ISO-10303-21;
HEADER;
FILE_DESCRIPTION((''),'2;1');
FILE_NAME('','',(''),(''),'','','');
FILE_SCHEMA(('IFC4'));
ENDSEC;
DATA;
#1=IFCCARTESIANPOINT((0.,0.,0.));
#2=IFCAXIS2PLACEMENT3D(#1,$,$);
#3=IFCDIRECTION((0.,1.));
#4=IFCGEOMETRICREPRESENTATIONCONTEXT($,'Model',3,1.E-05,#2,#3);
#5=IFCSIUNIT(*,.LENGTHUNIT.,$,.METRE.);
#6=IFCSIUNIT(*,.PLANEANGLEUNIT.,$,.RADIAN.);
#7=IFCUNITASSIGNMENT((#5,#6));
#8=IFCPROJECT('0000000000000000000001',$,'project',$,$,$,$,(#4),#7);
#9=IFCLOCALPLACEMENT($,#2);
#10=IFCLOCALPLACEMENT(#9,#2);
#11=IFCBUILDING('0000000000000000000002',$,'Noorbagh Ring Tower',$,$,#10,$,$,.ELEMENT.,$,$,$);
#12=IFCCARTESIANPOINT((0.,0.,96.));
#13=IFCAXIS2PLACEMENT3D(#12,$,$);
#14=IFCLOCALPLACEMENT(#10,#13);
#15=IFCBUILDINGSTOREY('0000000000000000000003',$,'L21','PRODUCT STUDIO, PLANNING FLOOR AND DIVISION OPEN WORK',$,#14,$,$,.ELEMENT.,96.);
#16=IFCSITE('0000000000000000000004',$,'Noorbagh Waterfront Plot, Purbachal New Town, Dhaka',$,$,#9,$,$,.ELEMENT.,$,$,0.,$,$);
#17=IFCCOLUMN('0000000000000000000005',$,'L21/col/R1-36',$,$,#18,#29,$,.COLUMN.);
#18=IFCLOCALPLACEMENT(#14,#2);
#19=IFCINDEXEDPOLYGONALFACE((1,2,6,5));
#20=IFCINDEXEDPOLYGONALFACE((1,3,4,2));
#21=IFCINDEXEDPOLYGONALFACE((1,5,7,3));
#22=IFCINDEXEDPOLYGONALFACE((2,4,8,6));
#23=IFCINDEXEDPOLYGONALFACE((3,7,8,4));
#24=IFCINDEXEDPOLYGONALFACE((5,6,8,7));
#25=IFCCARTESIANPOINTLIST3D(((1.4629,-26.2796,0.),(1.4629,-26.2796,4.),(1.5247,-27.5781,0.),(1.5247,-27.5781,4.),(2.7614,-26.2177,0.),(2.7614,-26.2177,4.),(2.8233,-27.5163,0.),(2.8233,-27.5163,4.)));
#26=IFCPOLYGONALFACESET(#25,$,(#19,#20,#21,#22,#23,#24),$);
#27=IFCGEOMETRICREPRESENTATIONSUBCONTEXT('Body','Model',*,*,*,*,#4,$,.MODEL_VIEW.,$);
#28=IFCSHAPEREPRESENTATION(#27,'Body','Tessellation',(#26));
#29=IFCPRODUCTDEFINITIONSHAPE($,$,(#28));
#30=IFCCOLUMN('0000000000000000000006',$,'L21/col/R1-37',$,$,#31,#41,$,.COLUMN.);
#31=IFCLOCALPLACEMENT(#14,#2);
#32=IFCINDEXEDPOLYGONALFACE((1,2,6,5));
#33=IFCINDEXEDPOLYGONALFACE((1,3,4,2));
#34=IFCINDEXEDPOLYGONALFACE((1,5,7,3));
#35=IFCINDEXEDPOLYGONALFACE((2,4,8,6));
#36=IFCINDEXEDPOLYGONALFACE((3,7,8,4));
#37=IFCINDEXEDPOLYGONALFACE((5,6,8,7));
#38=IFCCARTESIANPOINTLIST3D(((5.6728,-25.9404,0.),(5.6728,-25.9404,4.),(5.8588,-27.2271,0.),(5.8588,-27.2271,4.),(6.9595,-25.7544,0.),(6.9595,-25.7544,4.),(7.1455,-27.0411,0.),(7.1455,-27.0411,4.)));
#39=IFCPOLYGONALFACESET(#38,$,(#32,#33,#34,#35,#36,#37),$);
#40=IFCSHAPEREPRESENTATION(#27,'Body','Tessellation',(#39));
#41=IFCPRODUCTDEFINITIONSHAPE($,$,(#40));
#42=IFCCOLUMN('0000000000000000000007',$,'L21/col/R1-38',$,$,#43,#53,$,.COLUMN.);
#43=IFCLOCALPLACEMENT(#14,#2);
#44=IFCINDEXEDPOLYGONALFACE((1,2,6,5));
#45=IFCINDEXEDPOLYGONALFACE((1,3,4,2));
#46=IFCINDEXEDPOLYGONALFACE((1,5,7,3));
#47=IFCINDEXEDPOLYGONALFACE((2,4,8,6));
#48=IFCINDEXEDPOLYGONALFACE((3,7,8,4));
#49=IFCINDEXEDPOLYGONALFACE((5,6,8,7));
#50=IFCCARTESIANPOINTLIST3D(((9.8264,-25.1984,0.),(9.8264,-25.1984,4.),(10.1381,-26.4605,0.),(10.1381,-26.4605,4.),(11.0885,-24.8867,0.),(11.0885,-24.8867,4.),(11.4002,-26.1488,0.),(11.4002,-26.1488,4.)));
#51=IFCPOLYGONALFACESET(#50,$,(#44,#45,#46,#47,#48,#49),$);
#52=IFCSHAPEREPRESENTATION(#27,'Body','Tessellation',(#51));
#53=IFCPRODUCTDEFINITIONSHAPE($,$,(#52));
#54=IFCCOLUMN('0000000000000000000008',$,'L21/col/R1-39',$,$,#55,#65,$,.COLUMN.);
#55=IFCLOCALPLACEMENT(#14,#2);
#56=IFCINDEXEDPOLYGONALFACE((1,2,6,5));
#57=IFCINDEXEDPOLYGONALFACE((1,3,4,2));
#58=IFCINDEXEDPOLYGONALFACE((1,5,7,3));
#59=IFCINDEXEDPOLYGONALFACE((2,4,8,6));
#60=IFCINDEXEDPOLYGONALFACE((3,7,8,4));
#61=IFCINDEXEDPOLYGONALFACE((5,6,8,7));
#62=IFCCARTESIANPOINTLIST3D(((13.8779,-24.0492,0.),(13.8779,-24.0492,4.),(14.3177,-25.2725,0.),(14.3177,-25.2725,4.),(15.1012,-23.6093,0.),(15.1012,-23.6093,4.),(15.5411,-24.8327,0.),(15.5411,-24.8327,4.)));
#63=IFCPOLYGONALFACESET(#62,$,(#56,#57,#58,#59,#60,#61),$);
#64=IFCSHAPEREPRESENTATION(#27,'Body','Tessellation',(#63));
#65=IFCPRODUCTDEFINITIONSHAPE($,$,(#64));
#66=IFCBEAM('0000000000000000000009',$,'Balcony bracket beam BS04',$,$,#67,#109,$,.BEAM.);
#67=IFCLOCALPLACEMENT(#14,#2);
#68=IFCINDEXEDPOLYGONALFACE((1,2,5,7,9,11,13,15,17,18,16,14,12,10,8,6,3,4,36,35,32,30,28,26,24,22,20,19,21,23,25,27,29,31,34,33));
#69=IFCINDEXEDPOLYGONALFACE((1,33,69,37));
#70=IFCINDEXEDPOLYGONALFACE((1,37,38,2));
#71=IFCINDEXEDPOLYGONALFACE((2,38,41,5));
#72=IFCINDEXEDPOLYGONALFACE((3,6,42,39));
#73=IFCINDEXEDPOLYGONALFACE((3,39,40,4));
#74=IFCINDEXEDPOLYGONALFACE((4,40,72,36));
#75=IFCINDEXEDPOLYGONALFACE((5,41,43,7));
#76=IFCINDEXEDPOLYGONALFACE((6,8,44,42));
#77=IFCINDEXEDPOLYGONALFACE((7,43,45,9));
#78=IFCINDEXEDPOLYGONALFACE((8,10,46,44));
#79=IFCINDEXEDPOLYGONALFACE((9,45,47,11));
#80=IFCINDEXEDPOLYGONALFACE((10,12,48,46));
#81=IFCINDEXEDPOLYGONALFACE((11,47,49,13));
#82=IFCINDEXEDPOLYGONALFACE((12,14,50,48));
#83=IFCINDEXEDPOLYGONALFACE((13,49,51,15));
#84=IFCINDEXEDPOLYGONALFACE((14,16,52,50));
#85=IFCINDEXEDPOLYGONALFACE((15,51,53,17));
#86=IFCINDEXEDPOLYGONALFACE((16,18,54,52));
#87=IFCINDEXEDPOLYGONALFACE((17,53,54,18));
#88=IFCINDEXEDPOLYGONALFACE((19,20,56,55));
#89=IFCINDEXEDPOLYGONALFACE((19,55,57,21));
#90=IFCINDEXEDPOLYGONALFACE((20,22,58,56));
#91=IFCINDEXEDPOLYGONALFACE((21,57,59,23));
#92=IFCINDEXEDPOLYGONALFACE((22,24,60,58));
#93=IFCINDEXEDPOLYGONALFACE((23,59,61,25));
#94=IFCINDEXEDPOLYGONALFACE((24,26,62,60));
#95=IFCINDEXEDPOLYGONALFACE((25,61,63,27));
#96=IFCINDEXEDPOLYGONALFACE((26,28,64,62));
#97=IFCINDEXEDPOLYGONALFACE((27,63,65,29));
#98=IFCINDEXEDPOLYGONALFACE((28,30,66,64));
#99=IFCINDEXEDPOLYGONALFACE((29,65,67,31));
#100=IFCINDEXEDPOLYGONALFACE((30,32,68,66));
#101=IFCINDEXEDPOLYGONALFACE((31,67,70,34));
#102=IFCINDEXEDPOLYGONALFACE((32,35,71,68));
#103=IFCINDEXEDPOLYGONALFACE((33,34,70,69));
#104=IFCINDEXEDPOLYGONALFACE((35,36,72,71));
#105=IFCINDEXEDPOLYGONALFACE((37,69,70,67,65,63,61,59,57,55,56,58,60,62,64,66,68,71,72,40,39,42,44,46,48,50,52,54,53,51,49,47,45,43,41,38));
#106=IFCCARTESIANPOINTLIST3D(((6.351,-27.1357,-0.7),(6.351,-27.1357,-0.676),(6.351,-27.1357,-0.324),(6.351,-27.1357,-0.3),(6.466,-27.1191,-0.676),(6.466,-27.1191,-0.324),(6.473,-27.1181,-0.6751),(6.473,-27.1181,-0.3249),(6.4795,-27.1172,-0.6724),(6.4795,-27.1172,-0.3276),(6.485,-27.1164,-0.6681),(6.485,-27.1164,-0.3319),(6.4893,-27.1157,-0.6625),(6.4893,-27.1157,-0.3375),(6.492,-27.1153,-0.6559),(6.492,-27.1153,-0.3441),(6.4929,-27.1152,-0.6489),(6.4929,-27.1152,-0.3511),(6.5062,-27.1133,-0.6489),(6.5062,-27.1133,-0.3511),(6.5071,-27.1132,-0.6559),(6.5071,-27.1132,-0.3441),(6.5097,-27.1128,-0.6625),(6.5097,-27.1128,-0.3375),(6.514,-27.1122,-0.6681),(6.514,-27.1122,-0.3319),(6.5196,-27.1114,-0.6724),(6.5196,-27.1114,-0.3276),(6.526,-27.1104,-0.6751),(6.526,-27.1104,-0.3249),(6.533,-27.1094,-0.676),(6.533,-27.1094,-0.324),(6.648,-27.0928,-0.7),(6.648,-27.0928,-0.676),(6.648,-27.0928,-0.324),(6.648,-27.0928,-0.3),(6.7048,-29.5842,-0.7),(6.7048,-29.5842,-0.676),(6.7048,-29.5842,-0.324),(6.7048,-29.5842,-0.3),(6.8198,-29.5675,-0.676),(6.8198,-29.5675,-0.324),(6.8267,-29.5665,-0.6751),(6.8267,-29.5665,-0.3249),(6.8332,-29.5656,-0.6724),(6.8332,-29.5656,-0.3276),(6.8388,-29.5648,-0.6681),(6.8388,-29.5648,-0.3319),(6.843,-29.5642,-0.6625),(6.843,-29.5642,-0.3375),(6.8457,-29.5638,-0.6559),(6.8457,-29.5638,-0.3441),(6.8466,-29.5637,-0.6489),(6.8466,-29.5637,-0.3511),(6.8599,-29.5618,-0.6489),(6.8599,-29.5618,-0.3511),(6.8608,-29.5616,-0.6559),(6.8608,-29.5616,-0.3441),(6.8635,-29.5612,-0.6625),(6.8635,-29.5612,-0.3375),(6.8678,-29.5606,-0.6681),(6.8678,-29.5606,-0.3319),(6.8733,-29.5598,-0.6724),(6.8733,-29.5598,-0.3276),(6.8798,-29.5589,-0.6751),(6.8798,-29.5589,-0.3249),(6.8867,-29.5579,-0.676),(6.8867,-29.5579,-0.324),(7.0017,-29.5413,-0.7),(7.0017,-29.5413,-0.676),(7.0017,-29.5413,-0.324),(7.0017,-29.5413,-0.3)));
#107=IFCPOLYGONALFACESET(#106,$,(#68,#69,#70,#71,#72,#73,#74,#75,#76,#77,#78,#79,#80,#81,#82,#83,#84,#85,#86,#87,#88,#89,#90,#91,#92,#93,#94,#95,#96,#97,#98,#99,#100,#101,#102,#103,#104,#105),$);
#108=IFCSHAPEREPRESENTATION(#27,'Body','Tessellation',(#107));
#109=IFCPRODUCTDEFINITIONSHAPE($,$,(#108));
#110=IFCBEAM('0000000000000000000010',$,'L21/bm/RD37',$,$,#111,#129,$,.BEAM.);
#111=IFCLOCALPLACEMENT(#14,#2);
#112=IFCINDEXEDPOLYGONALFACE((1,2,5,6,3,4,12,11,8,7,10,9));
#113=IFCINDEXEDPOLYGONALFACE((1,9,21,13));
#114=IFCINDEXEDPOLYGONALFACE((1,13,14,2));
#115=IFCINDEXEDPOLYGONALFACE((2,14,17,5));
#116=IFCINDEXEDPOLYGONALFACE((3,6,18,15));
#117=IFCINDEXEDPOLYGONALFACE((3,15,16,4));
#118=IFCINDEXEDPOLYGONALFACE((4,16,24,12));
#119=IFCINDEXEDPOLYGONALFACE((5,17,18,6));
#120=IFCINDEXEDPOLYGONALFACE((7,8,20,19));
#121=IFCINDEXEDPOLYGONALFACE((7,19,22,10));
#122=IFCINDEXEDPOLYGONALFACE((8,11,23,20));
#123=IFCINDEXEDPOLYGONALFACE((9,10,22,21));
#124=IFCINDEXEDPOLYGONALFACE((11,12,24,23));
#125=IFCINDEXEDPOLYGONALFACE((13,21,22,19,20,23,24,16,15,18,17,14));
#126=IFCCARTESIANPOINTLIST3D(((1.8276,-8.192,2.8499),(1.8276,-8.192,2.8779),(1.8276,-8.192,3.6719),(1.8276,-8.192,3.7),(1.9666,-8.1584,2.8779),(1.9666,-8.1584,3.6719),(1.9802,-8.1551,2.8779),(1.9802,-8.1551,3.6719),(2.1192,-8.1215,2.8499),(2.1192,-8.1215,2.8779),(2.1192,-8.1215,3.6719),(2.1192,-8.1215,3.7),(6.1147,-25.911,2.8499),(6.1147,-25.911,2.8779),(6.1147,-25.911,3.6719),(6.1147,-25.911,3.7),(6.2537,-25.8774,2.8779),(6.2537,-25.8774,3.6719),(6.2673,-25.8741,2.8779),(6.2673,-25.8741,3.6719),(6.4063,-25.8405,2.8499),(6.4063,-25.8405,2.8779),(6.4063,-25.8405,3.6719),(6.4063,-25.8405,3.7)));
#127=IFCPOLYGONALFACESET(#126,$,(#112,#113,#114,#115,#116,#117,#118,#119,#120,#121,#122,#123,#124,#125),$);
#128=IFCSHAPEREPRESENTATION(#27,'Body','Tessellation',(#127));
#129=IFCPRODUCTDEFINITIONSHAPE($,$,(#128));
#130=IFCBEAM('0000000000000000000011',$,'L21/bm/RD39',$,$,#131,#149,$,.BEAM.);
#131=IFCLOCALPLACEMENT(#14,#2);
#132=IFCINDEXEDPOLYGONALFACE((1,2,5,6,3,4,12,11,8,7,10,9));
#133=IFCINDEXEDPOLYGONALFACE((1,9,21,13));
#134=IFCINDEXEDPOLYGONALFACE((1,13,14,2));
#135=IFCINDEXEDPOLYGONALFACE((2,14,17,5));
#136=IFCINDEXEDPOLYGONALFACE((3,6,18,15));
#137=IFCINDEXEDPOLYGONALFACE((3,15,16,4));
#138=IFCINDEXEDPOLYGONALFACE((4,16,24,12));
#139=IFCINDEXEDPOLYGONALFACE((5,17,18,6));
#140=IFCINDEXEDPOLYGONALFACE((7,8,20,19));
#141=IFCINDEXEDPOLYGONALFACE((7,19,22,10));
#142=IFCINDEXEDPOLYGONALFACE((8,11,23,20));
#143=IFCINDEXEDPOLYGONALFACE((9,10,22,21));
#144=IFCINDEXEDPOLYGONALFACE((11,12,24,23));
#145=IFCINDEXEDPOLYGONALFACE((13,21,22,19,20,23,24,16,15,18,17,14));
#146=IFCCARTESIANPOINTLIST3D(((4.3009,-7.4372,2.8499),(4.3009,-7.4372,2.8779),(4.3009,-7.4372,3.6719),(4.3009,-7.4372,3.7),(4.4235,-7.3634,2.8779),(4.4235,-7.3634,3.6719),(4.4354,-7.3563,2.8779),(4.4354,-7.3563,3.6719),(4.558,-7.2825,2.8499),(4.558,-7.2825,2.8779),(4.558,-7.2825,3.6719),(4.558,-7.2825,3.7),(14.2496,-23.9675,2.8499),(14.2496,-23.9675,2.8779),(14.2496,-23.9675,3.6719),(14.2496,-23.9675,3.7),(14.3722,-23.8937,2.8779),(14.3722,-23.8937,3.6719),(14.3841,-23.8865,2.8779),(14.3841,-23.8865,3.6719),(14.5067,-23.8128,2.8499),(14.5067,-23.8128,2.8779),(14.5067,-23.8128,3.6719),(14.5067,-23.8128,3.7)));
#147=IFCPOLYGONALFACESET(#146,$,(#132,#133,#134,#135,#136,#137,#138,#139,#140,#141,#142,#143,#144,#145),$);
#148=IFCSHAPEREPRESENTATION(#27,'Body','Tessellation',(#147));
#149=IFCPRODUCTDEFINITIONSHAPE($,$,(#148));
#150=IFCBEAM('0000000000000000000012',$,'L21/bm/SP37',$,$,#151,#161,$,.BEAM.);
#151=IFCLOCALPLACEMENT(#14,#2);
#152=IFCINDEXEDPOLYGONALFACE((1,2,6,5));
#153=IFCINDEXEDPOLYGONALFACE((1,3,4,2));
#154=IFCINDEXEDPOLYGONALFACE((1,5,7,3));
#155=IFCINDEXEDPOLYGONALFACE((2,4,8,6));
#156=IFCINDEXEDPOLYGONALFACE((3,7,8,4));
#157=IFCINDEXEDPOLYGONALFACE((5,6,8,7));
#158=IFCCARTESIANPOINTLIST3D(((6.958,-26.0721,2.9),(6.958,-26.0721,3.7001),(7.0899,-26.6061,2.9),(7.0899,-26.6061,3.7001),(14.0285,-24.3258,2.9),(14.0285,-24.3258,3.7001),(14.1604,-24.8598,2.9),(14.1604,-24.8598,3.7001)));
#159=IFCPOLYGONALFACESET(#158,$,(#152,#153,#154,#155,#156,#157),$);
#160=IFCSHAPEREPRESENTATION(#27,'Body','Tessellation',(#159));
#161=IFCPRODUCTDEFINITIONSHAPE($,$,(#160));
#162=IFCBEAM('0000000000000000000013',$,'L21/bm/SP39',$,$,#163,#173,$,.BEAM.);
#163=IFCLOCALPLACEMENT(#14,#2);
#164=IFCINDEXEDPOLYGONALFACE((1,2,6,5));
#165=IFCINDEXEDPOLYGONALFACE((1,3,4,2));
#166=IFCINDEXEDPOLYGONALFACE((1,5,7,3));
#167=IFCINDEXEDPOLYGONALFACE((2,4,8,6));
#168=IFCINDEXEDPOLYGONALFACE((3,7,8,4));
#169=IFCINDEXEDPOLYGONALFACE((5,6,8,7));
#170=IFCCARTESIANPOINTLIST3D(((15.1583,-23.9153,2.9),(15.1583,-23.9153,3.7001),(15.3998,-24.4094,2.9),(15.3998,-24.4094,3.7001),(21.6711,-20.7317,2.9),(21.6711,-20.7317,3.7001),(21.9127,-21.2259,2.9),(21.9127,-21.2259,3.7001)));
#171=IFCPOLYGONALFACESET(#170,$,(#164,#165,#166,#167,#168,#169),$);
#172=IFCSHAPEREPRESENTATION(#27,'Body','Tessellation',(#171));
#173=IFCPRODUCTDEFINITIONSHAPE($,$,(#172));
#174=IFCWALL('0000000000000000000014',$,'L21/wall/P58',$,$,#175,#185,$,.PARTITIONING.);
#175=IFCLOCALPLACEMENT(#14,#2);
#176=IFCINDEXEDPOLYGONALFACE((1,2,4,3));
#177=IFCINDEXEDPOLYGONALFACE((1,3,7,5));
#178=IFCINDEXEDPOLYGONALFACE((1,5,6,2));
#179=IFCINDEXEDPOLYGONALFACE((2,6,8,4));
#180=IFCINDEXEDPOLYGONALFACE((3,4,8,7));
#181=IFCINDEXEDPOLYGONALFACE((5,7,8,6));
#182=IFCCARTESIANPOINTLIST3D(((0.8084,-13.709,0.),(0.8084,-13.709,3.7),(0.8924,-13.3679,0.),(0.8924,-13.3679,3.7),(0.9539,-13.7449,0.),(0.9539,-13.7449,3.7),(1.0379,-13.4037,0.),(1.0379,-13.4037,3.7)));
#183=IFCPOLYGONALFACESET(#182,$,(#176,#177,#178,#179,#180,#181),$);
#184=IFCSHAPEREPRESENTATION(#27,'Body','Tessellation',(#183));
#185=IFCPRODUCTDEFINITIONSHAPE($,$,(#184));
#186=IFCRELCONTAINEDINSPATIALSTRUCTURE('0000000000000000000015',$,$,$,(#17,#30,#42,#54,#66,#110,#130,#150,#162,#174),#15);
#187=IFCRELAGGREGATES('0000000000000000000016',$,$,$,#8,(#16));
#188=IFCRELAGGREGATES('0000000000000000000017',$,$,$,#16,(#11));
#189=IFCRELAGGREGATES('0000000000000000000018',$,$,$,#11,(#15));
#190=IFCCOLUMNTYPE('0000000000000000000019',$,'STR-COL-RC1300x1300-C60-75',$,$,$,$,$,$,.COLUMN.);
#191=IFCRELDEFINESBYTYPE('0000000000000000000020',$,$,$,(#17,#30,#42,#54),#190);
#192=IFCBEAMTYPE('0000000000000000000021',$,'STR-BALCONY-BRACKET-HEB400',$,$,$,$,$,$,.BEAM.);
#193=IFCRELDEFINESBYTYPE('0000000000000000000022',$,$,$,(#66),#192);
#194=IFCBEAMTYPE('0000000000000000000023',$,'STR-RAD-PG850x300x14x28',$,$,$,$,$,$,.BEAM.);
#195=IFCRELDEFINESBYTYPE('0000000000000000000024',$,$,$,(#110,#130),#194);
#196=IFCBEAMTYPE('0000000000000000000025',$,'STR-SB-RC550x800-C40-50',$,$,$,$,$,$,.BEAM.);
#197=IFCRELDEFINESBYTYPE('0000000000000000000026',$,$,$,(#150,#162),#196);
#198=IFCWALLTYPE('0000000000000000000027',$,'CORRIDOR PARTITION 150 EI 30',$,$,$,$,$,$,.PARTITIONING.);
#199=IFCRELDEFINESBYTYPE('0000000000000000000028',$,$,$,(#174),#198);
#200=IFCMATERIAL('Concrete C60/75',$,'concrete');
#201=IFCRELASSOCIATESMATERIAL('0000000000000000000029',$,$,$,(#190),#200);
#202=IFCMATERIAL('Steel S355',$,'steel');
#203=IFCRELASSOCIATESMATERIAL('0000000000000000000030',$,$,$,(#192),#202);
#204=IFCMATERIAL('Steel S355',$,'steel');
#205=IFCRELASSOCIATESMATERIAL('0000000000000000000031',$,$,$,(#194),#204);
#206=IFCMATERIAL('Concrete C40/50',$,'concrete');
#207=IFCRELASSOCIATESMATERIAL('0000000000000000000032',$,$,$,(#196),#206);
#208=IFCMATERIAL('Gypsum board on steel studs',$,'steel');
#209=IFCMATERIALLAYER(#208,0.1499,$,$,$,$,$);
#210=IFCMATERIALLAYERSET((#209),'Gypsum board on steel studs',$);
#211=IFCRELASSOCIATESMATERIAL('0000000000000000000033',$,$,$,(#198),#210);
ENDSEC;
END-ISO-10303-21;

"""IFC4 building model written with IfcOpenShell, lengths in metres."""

from ifc_helpers import new_model, si_unit, direction, frame, frame_2d, origin, origin_2d, place, context, subcontext, project, spatial, rectangle, i_section, extrude, material, layer, layer_set, material_profile, profile_set, type_object, element, save


model = new_model("IFC4")

# Units and contexts
model_context = context("Model", 3, precision=1e-05, world=origin(), true_north=direction((0.0, 1.0)))
body_context = subcontext(model_context, "Body", "Model", "MODEL_VIEW")
ifc_project = project(units=[si_unit("LENGTHUNIT", "METRE"), si_unit("PLANEANGLEUNIT", "RADIAN")], contexts=[model_context])

# Site, building, storey
site_placement = place(None, origin())
site = spatial("IfcSite", under=ifc_project, at=site_placement, Name="Noorbagh Waterfront Plot, Purbachal New Town, Dhaka", CompositionType="ELEMENT", RefElevation=0.0)
building_placement = place(site_placement, origin())
building = spatial("IfcBuilding", under=site, at=building_placement, Name="Noorbagh Ring Tower", CompositionType="ELEMENT")
storey_placement = place(building_placement, frame((0.0, 0.0, 96.0)))
storey = spatial("IfcBuildingStorey", under=building, at=storey_placement, Name="L21", Description="PRODUCT STUDIO, PLANNING FLOOR AND DIVISION OPEN WORK", CompositionType="ELEMENT", Elevation=96.0)

# Columns
ifc_material_1 = material(Name="Concrete C60/75", Category="concrete")
ifc_material_profile_1 = material_profile(ifc_material_1, rectangle(XDim=1.3, YDim=1.3, at=origin_2d()), Name="RC1300x1300")
ifc_profile_set_1 = profile_set([ifc_material_profile_1], Name="Concrete C60/75")
column_type = type_object("IfcColumnType", Name="STR-COL-RC1300x1300-C60-75", PredefinedType="COLUMN", material=ifc_profile_set_1)
for number, where, z_axis, x_axis, name in (
    (1, (2.1431, -26.8979, 0.0), (0.0, 0.0, 1.0), (0.998869, 0.047553, 0.0), "L21/col/R1-36"),
    (2, (6.4092, -26.4907, 0.0), (0.0, 0.0, 1.0), (0.989713, 0.143066, 0.0), "L21/col/R1-37"),
    (3, (10.6133, -25.6736, 0.0), (0.0, 0.0, 1.0), (0.970829, 0.239771, 0.0), "L21/col/R1-38"),
    (4, (14.7095, -24.4409, 0.0), (0.0, 0.0, 1.0), (0.941025, 0.338338, 0.0), "L21/col/R1-39"),
):
    element("IfcColumn", number, at=place(storey_placement, frame(where, z_axis=z_axis, x_axis=x_axis)), inside=storey, type_object=column_type, Name=name, PredefinedType="COLUMN", context=body_context, shape_type="SweptSolid", body=[
        extrude(rectangle(XDim=1.3, YDim=1.3, at=origin_2d()), origin(), (0.0, 0.0, 1.0), 4.0),
    ])

# Beams
ifc_material_2 = material(Name="Steel S355", Category="steel")
ifc_material_profile_2 = material_profile(ifc_material_2, i_section(OverallWidth=0.3, OverallDepth=0.3999, WebThickness=0.0134, FlangeThickness=0.0239, FilletRadius=0.0271, at=origin_2d()), Name="HEB400")
ifc_profile_set_2 = profile_set([ifc_material_profile_2], Name="Steel S355")
beam_type_1 = type_object("IfcBeamType", Name="STR-BALCONY-BRACKET-HEB400", PredefinedType="BEAM", material=ifc_profile_set_2)
beam_1_placement = place(storey_placement, frame((6.4995, -27.1143, -0.5), z_axis=(0.142996, -0.989723, 0.0), x_axis=(0.989723, 0.142996, 0.0)))
element("IfcBeam", 5, at=beam_1_placement, inside=storey, type_object=beam_type_1, Name="Balcony bracket beam BS04", PredefinedType="BEAM", context=body_context, shape_type="SweptSolid", body=[
    extrude(i_section(OverallWidth=0.3, OverallDepth=0.3999, WebThickness=0.0134, FlangeThickness=0.0239, FilletRadius=0.0271, at=origin_2d()), origin(), (0.0, 0.0, 1.0), 2.4739),
])
ifc_material_3 = material(Name="Steel S355", Category="steel")
ifc_material_profile_3 = material_profile(ifc_material_3, i_section(OverallWidth=0.3, OverallDepth=0.8501, WebThickness=0.0139, FlangeThickness=0.0281, at=origin_2d()), Name="PG850x300x14x28")
ifc_profile_set_3 = profile_set([ifc_material_profile_3], Name="Steel S355")
beam_type_2 = type_object("IfcBeamType", Name="STR-RAD-PG850x300x14x28", PredefinedType="BEAM", material=ifc_profile_set_3)
beam_2_placement = place(storey_placement, frame((6.2605, -25.8757, 3.2749), z_axis=(-0.235165, 0.971956, 0.0), x_axis=(-0.971956, -0.235165, 0.0)))
element("IfcBeam", 6, at=beam_2_placement, inside=storey, type_object=beam_type_2, Name="L21/bm/RD37", PredefinedType="BEAM", context=body_context, shape_type="SweptSolid", body=[
    extrude(i_section(OverallWidth=0.3, OverallDepth=0.8501, WebThickness=0.0139, FlangeThickness=0.0281, at=origin_2d()), origin(), (0.0, 0.0, 1.0), 18.2302),
])
beam_3_placement = place(storey_placement, frame((14.3782, -23.8901, 3.2749), z_axis=(-0.51566, 0.856793, 0.0), x_axis=(-0.856793, -0.51566, 0.0)))
element("IfcBeam", 7, at=beam_3_placement, inside=storey, type_object=beam_type_2, Name="L21/bm/RD39", PredefinedType="BEAM", context=body_context, shape_type="SweptSolid", body=[
    extrude(i_section(OverallWidth=0.3, OverallDepth=0.8501, WebThickness=0.0139, FlangeThickness=0.0281, at=origin_2d()), origin(), (0.0, 0.0, 1.0), 19.2932),
])
ifc_material_4 = material(Name="Concrete C40/50", Category="concrete")
ifc_material_profile_4 = material_profile(ifc_material_4, rectangle(XDim=0.55, YDim=0.8, at=origin_2d()), Name="RC550x800")
ifc_profile_set_4 = profile_set([ifc_material_profile_4], Name="Concrete C40/50")
beam_type_3 = type_object("IfcBeamType", Name="STR-SB-RC550x800-C40-50", PredefinedType="BEAM", material=ifc_profile_set_4)
beam_4_placement = place(storey_placement, frame((7.0239, -26.3391, 3.3), z_axis=(0.970827, 0.239782, 0.0), x_axis=(-0.239782, 0.970827, 0.0)))
element("IfcBeam", 8, at=beam_4_placement, inside=storey, type_object=beam_type_3, Name="L21/bm/SP37", PredefinedType="BEAM", context=body_context, shape_type="SweptSolid", body=[
    extrude(rectangle(XDim=0.55, YDim=0.8, at=origin_2d()), origin(), (0.0, 0.0, 1.0), 7.283),
])
beam_5_placement = place(storey_placement, frame((15.2791, -24.1624, 3.3), z_axis=(0.898412, 0.439153, 0.0), x_axis=(-0.439153, 0.898412, 0.0)))
element("IfcBeam", 9, at=beam_5_placement, inside=storey, type_object=beam_type_3, Name="L21/bm/SP39", PredefinedType="BEAM", context=body_context, shape_type="SweptSolid", body=[
    extrude(rectangle(XDim=0.55, YDim=0.8, at=origin_2d()), origin(), (0.0, 0.0, 1.0), 7.2493),
])

# Wall
ifc_material_5 = material(Name="Gypsum board on steel studs", Category="steel")
ifc_layer_1 = layer(ifc_material_5, 0.1499)
ifc_layer_set_1 = layer_set([ifc_layer_1], Name="Gypsum board on steel studs")
wall_type_1 = type_object("IfcWallType", Name="CORRIDOR PARTITION 150 EI 30", PredefinedType="PARTITIONING", material=ifc_layer_set_1)
wall_1_placement = place(storey_placement, frame((0.8811, -13.7271, 0.0), z_axis=(0.0, 0.0, 1.0), x_axis=(0.2391, 0.970995, 0.0)))
element("IfcWall", 10, at=wall_1_placement, inside=storey, type_object=wall_type_1, Name="L21/wall/P58", PredefinedType="PARTITIONING", context=body_context, shape_type="SweptSolid", body=[
    extrude(rectangle(XDim=0.3513, YDim=0.1499, at=frame_2d((0.1758, 0.0))), origin(), (0.0, 0.0, 1.0), 3.7),
])

save(model, "model.ifc")
